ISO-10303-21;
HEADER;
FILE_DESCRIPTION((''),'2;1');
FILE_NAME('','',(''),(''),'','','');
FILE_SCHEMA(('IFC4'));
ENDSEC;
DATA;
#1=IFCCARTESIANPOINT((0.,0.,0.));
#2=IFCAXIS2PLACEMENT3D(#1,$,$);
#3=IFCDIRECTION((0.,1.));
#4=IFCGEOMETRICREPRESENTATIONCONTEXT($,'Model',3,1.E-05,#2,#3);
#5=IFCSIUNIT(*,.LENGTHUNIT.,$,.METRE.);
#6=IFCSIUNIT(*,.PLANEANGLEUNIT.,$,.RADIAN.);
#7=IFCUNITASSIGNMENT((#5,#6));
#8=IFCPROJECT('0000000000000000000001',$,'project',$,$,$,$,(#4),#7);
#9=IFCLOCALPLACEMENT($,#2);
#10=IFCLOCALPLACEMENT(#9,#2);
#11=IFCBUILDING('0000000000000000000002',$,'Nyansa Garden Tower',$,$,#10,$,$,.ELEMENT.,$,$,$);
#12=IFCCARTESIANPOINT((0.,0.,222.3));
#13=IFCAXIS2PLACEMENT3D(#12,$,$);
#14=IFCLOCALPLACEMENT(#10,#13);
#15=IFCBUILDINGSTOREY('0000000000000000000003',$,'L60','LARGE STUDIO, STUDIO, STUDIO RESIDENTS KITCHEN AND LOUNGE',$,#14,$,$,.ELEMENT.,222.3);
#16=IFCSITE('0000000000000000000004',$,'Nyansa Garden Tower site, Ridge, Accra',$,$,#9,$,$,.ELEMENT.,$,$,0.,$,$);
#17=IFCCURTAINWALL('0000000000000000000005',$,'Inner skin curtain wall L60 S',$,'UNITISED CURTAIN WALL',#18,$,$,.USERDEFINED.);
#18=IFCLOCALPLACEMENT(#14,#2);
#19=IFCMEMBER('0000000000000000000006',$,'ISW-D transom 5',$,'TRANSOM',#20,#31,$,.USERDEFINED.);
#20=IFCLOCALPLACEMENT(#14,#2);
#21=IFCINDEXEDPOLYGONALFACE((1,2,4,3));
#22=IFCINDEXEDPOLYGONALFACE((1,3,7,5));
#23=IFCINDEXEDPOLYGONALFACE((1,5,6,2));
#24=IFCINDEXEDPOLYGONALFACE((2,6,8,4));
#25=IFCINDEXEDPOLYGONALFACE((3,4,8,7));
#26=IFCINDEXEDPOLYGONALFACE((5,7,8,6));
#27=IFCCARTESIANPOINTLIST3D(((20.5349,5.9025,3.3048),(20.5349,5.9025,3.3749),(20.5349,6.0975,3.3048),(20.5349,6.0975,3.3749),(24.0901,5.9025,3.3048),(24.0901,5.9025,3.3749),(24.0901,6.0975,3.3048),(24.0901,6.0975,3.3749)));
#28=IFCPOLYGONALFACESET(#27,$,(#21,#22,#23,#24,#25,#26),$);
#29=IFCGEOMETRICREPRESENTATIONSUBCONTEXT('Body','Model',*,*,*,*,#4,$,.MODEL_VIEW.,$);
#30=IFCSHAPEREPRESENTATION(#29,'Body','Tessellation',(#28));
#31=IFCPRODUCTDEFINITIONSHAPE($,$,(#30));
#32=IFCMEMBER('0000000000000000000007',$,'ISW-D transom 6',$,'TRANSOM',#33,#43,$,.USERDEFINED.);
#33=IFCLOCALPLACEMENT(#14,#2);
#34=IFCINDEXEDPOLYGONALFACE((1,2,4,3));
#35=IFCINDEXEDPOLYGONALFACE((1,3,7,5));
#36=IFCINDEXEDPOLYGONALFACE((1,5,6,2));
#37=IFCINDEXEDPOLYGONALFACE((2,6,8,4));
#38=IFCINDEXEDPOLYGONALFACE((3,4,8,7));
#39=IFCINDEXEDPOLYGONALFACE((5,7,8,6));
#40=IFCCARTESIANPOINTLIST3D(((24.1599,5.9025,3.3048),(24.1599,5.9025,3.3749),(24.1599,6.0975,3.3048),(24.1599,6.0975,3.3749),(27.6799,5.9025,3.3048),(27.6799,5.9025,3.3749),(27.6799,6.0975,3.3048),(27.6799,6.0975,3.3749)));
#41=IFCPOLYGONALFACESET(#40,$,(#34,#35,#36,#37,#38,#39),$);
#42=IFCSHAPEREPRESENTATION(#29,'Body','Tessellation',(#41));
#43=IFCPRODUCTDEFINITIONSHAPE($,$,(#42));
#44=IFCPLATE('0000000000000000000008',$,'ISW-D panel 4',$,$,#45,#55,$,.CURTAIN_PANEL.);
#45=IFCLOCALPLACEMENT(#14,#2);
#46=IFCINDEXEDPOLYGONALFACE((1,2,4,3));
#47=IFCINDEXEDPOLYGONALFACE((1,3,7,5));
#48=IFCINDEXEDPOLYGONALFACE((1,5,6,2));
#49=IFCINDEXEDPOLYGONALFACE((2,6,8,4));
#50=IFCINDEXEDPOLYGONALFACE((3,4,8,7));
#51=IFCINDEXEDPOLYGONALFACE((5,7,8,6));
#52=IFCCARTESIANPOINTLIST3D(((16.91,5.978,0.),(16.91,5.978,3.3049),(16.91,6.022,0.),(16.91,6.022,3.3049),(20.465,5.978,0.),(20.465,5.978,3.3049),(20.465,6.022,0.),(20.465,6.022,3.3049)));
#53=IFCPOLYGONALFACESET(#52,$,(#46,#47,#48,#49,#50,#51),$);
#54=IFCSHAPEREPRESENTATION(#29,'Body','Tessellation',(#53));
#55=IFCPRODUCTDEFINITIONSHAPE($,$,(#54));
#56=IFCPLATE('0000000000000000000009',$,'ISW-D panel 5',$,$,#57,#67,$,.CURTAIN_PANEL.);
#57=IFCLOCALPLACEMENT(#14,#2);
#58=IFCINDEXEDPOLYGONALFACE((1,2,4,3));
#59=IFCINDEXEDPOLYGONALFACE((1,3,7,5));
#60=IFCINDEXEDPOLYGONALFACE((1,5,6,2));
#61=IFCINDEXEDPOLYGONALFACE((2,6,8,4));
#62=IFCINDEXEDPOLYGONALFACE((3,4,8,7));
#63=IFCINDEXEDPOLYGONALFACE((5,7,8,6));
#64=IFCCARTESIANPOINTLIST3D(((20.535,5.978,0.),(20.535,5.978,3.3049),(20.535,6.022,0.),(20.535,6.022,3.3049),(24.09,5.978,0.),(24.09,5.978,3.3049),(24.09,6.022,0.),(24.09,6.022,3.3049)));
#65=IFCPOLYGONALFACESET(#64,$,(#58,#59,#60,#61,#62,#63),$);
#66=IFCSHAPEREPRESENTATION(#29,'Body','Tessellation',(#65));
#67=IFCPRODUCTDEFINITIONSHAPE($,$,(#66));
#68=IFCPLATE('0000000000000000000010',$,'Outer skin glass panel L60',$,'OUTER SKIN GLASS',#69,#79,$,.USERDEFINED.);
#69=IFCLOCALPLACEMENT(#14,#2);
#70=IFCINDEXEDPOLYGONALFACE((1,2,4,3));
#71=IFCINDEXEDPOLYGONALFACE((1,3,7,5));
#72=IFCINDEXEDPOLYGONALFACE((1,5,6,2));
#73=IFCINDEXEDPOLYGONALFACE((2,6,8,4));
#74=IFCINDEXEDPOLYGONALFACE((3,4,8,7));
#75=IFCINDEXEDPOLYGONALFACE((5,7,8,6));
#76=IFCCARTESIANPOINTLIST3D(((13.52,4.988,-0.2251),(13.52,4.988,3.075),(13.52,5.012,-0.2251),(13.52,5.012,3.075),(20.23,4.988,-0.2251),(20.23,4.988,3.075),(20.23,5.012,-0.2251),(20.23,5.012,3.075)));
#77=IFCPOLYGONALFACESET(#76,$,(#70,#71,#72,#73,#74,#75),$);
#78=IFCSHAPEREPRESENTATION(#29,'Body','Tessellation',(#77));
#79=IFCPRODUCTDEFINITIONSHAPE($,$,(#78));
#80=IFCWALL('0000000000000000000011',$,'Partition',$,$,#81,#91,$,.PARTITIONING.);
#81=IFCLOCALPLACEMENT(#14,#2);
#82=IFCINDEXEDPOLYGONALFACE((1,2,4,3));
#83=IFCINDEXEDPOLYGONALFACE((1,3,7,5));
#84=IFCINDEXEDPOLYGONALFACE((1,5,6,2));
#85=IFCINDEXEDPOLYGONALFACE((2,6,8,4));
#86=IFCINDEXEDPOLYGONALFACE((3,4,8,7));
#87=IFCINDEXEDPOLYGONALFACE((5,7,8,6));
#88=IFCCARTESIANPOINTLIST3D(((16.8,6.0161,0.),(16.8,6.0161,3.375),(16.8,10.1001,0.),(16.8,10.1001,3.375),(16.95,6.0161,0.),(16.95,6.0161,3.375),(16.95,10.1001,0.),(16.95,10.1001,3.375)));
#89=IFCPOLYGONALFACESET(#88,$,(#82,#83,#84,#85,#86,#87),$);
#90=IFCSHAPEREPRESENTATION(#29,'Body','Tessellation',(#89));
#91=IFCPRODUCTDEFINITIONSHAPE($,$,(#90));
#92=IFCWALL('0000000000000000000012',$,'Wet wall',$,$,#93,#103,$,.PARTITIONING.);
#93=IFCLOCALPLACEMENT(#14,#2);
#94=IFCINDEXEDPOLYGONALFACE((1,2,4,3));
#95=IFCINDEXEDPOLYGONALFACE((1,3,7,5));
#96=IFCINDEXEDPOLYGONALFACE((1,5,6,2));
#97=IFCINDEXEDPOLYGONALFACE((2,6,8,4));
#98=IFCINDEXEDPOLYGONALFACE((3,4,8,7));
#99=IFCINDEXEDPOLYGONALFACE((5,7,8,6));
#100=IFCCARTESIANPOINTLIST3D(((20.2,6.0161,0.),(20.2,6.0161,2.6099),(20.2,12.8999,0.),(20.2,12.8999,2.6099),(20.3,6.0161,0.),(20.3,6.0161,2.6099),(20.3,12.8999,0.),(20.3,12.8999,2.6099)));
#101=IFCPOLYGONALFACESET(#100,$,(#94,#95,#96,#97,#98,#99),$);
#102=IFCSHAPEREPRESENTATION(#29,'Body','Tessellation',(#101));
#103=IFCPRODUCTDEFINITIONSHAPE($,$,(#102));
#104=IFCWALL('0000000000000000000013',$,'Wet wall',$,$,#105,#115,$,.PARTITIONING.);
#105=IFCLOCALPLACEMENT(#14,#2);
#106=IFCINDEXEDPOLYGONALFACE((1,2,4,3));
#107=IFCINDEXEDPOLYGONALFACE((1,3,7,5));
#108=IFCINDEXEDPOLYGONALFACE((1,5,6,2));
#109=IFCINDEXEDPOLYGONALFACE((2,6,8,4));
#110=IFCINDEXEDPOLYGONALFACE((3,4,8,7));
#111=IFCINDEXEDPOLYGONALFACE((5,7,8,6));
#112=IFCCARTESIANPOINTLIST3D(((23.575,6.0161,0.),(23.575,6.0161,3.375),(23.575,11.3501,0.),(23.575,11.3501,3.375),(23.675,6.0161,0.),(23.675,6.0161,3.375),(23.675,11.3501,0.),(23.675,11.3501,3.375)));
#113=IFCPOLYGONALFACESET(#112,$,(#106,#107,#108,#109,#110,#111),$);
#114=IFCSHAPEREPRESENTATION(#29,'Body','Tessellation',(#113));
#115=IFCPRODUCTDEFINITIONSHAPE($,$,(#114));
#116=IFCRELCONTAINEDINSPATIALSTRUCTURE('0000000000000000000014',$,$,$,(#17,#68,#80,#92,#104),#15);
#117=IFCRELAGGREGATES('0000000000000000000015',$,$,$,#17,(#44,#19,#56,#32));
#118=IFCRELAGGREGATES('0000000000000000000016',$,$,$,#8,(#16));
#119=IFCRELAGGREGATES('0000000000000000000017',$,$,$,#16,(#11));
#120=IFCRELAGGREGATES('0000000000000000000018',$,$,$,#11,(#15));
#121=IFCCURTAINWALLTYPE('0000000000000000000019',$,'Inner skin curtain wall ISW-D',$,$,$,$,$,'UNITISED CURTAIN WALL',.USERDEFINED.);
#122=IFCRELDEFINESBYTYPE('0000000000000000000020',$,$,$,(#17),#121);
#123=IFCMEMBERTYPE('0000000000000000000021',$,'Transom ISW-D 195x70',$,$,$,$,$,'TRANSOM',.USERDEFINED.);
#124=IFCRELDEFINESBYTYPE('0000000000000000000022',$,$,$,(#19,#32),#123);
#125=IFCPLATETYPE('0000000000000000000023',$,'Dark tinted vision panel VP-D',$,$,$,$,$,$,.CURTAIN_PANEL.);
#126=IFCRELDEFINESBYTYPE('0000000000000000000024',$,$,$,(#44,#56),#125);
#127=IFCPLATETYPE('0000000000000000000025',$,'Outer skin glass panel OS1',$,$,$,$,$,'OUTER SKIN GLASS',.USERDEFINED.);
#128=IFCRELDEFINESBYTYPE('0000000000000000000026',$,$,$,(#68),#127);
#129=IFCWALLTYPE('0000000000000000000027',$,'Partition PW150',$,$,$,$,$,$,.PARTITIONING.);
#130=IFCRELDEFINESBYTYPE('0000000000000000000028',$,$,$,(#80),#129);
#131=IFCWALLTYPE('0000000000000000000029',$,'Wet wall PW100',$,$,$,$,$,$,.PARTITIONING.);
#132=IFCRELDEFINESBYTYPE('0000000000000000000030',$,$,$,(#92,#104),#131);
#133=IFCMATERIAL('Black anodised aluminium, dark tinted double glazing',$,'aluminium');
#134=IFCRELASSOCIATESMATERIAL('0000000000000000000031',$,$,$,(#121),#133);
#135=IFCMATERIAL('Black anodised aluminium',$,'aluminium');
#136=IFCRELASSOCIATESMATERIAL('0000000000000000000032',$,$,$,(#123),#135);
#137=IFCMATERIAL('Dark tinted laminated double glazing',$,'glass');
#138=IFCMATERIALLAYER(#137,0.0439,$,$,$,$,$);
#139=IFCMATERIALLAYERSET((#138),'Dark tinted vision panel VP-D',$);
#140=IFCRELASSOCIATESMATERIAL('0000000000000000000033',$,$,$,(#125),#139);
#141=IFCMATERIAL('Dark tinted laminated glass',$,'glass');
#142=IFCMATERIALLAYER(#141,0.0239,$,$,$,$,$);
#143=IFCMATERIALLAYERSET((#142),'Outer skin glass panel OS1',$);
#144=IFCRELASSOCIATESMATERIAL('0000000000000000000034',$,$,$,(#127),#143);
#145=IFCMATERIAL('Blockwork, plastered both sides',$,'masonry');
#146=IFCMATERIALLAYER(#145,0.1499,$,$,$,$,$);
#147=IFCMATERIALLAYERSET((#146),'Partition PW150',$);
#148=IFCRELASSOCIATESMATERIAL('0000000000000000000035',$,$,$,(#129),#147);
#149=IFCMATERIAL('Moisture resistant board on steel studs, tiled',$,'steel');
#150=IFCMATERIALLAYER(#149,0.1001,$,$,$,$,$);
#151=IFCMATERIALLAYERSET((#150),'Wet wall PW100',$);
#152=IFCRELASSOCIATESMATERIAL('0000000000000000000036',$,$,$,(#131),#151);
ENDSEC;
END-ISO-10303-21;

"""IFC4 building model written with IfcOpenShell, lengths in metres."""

from ifc_helpers import new_model, si_unit, direction, frame, frame_2d, origin, origin_2d, place, context, subcontext, project, spatial, rectangle, extrude, material, layer, layer_set, material_profile, profile_set, type_object, element, aggregate, save


model = new_model("IFC4")

# Units and contexts
model_context = context("Model", 3, precision=1e-05, world=origin(), true_north=direction((0.0, 1.0)))
body_context = subcontext(model_context, "Body", "Model", "MODEL_VIEW")
ifc_project = project(units=[si_unit("LENGTHUNIT", "METRE"), si_unit("PLANEANGLEUNIT", "RADIAN")], contexts=[model_context])

# Site, building, storey
site_placement = place(None, origin())
site = spatial("IfcSite", under=ifc_project, at=site_placement, Name="Nyansa Garden Tower site, Ridge, Accra", CompositionType="ELEMENT", RefElevation=0.0)
building_placement = place(site_placement, origin())
building = spatial("IfcBuilding", under=site, at=building_placement, Name="Nyansa Garden Tower", CompositionType="ELEMENT")
storey_placement = place(building_placement, frame((0.0, 0.0, 222.3)))
storey = spatial("IfcBuildingStorey", under=building, at=storey_placement, Name="L60", Description="LARGE STUDIO, STUDIO, STUDIO RESIDENTS KITCHEN AND LOUNGE", CompositionType="ELEMENT", Elevation=222.3)

# Curtain wall
ifc_material_1 = material(Name="Black anodised aluminium, dark tinted double glazing", Category="aluminium")
curtain_wall_type = type_object("IfcCurtainWallType", Name="Inner skin curtain wall ISW-D", ElementType="UNITISED CURTAIN WALL", PredefinedType="USERDEFINED", material=ifc_material_1)
curtain_wall_placement = place(storey_placement, origin())
curtain_wall = element("IfcCurtainWall", 1, at=curtain_wall_placement, inside=storey, type_object=curtain_wall_type, Name="Inner skin curtain wall L60 S", ObjectType="UNITISED CURTAIN WALL", PredefinedType="USERDEFINED")

# Members
ifc_material_2 = material(Name="Black anodised aluminium", Category="aluminium")
ifc_material_profile_1 = material_profile(ifc_material_2, rectangle(XDim=0.1951, YDim=0.0701, at=origin_2d()), Name="Transom 195x70")
ifc_profile_set_1 = profile_set([ifc_material_profile_1], Name="Black anodised aluminium")
member_type_1 = type_object("IfcMemberType", Name="Transom ISW-D 195x70", ElementType="TRANSOM", PredefinedType="USERDEFINED", material=ifc_profile_set_1)
member_1_placement = place(storey_placement, frame((20.5349, 6.0, 3.3398), z_axis=(1.0, 0.0, 0.0), x_axis=(0.0, 1.0, 0.0)))
member_1 = element("IfcMember", 2, at=member_1_placement, type_object=member_type_1, Name="ISW-D transom 5", ObjectType="TRANSOM", PredefinedType="USERDEFINED", context=body_context, shape_type="SweptSolid", body=[
    extrude(rectangle(XDim=0.1951, YDim=0.0701, at=origin_2d()), origin(), (0.0, 0.0, 1.0), 3.5552),
])
member_2_placement = place(storey_placement, frame((24.1599, 6.0, 3.3398), z_axis=(1.0, 0.0, 0.0), x_axis=(0.0, 1.0, 0.0)))
member_2 = element("IfcMember", 3, at=member_2_placement, type_object=member_type_1, Name="ISW-D transom 6", ObjectType="TRANSOM", PredefinedType="USERDEFINED", context=body_context, shape_type="SweptSolid", body=[
    extrude(rectangle(XDim=0.1951, YDim=0.0701, at=origin_2d()), origin(), (0.0, 0.0, 1.0), 3.52),
])

# Plates
ifc_material_3 = material(Name="Dark tinted laminated double glazing", Category="glass")
ifc_layer_1 = layer(ifc_material_3, 0.0439)
ifc_layer_set_1 = layer_set([ifc_layer_1], Name="Dark tinted vision panel VP-D")
plate_type_1 = type_object("IfcPlateType", Name="Dark tinted vision panel VP-D", PredefinedType="CURTAIN_PANEL", material=ifc_layer_set_1)
plate_1_placement = place(storey_placement, frame((18.6875, 6.0, 0.0), z_axis=(0.0, 0.0, 1.0), x_axis=(1.0, 0.0, 0.0)))
plate_1 = element("IfcPlate", 4, at=plate_1_placement, type_object=plate_type_1, Name="ISW-D panel 4", PredefinedType="CURTAIN_PANEL", context=body_context, shape_type="SweptSolid", body=[
    extrude(rectangle(XDim=3.5549, YDim=0.0439, at=origin_2d()), origin(), (0.0, 0.0, 1.0), 3.3049),
])
plate_2_placement = place(storey_placement, frame((22.3125, 6.0, 0.0), z_axis=(0.0, 0.0, 1.0), x_axis=(1.0, 0.0, 0.0)))
plate_2 = element("IfcPlate", 5, at=plate_2_placement, type_object=plate_type_1, Name="ISW-D panel 5", PredefinedType="CURTAIN_PANEL", context=body_context, shape_type="SweptSolid", body=[
    extrude(rectangle(XDim=3.5549, YDim=0.0439, at=origin_2d()), origin(), (0.0, 0.0, 1.0), 3.3049),
])
aggregate(curtain_wall, [plate_1, member_1, plate_2, member_2])
ifc_material_4 = material(Name="Dark tinted laminated glass", Category="glass")
ifc_layer_2 = layer(ifc_material_4, 0.0239)
ifc_layer_set_2 = layer_set([ifc_layer_2], Name="Outer skin glass panel OS1")
plate_type_2 = type_object("IfcPlateType", Name="Outer skin glass panel OS1", ElementType="OUTER SKIN GLASS", PredefinedType="USERDEFINED", material=ifc_layer_set_2)
plate_3_placement = place(storey_placement, frame((16.875, 5.0, -0.2251), z_axis=(0.0, 0.0, 1.0), x_axis=(1.0, 0.0, 0.0)))
element("IfcPlate", 6, at=plate_3_placement, inside=storey, type_object=plate_type_2, Name="Outer skin glass panel L60", ObjectType="OUTER SKIN GLASS", PredefinedType="USERDEFINED", context=body_context, shape_type="SweptSolid", body=[
    extrude(rectangle(XDim=6.71, YDim=0.0239, at=origin_2d()), origin(), (0.0, 0.0, 1.0), 3.3),
])

# Walls
ifc_material_5 = material(Name="Blockwork, plastered both sides", Category="masonry")
ifc_layer_3 = layer(ifc_material_5, 0.1499)
ifc_layer_set_3 = layer_set([ifc_layer_3], Name="Partition PW150")
wall_type_1 = type_object("IfcWallType", Name="Partition PW150", PredefinedType="PARTITIONING", material=ifc_layer_set_3)
wall_1_placement = place(storey_placement, frame((16.875, 6.0161, 0.0), z_axis=(0.0, 0.0, 1.0), x_axis=(0.0, 1.0, 0.0)))
element("IfcWall", 7, at=wall_1_placement, inside=storey, type_object=wall_type_1, Name="Partition", PredefinedType="PARTITIONING", context=body_context, shape_type="SweptSolid", body=[
    extrude(rectangle(XDim=4.084, YDim=0.1499, at=frame_2d((2.042, 0.0))), origin(), (0.0, 0.0, 1.0), 3.375),
])
ifc_material_6 = material(Name="Moisture resistant board on steel studs, tiled", Category="steel")
ifc_layer_4 = layer(ifc_material_6, 0.1001)
ifc_layer_set_4 = layer_set([ifc_layer_4], Name="Wet wall PW100")
wall_type_2 = type_object("IfcWallType", Name="Wet wall PW100", PredefinedType="PARTITIONING", material=ifc_layer_set_4)
wall_2_placement = place(storey_placement, frame((20.25, 6.0161, 0.0), z_axis=(0.0, 0.0, 1.0), x_axis=(0.0, 1.0, 0.0)))
element("IfcWall", 8, at=wall_2_placement, inside=storey, type_object=wall_type_2, Name="Wet wall", PredefinedType="PARTITIONING", context=body_context, shape_type="SweptSolid", body=[
    extrude(rectangle(XDim=6.8838, YDim=0.1001, at=frame_2d((3.4419, 0.0))), origin(), (0.0, 0.0, 1.0), 2.6099),
])
wall_3_placement = place(storey_placement, frame((23.625, 6.0161, 0.0), z_axis=(0.0, 0.0, 1.0), x_axis=(0.0, 1.0, 0.0)))
element("IfcWall", 9, at=wall_3_placement, inside=storey, type_object=wall_type_2, Name="Wet wall", PredefinedType="PARTITIONING", context=body_context, shape_type="SweptSolid", body=[
    extrude(rectangle(XDim=5.334, YDim=0.1001, at=frame_2d((2.667, 0.0))), origin(), (0.0, 0.0, 1.0), 3.375),
])

save(model, "model.ifc")
